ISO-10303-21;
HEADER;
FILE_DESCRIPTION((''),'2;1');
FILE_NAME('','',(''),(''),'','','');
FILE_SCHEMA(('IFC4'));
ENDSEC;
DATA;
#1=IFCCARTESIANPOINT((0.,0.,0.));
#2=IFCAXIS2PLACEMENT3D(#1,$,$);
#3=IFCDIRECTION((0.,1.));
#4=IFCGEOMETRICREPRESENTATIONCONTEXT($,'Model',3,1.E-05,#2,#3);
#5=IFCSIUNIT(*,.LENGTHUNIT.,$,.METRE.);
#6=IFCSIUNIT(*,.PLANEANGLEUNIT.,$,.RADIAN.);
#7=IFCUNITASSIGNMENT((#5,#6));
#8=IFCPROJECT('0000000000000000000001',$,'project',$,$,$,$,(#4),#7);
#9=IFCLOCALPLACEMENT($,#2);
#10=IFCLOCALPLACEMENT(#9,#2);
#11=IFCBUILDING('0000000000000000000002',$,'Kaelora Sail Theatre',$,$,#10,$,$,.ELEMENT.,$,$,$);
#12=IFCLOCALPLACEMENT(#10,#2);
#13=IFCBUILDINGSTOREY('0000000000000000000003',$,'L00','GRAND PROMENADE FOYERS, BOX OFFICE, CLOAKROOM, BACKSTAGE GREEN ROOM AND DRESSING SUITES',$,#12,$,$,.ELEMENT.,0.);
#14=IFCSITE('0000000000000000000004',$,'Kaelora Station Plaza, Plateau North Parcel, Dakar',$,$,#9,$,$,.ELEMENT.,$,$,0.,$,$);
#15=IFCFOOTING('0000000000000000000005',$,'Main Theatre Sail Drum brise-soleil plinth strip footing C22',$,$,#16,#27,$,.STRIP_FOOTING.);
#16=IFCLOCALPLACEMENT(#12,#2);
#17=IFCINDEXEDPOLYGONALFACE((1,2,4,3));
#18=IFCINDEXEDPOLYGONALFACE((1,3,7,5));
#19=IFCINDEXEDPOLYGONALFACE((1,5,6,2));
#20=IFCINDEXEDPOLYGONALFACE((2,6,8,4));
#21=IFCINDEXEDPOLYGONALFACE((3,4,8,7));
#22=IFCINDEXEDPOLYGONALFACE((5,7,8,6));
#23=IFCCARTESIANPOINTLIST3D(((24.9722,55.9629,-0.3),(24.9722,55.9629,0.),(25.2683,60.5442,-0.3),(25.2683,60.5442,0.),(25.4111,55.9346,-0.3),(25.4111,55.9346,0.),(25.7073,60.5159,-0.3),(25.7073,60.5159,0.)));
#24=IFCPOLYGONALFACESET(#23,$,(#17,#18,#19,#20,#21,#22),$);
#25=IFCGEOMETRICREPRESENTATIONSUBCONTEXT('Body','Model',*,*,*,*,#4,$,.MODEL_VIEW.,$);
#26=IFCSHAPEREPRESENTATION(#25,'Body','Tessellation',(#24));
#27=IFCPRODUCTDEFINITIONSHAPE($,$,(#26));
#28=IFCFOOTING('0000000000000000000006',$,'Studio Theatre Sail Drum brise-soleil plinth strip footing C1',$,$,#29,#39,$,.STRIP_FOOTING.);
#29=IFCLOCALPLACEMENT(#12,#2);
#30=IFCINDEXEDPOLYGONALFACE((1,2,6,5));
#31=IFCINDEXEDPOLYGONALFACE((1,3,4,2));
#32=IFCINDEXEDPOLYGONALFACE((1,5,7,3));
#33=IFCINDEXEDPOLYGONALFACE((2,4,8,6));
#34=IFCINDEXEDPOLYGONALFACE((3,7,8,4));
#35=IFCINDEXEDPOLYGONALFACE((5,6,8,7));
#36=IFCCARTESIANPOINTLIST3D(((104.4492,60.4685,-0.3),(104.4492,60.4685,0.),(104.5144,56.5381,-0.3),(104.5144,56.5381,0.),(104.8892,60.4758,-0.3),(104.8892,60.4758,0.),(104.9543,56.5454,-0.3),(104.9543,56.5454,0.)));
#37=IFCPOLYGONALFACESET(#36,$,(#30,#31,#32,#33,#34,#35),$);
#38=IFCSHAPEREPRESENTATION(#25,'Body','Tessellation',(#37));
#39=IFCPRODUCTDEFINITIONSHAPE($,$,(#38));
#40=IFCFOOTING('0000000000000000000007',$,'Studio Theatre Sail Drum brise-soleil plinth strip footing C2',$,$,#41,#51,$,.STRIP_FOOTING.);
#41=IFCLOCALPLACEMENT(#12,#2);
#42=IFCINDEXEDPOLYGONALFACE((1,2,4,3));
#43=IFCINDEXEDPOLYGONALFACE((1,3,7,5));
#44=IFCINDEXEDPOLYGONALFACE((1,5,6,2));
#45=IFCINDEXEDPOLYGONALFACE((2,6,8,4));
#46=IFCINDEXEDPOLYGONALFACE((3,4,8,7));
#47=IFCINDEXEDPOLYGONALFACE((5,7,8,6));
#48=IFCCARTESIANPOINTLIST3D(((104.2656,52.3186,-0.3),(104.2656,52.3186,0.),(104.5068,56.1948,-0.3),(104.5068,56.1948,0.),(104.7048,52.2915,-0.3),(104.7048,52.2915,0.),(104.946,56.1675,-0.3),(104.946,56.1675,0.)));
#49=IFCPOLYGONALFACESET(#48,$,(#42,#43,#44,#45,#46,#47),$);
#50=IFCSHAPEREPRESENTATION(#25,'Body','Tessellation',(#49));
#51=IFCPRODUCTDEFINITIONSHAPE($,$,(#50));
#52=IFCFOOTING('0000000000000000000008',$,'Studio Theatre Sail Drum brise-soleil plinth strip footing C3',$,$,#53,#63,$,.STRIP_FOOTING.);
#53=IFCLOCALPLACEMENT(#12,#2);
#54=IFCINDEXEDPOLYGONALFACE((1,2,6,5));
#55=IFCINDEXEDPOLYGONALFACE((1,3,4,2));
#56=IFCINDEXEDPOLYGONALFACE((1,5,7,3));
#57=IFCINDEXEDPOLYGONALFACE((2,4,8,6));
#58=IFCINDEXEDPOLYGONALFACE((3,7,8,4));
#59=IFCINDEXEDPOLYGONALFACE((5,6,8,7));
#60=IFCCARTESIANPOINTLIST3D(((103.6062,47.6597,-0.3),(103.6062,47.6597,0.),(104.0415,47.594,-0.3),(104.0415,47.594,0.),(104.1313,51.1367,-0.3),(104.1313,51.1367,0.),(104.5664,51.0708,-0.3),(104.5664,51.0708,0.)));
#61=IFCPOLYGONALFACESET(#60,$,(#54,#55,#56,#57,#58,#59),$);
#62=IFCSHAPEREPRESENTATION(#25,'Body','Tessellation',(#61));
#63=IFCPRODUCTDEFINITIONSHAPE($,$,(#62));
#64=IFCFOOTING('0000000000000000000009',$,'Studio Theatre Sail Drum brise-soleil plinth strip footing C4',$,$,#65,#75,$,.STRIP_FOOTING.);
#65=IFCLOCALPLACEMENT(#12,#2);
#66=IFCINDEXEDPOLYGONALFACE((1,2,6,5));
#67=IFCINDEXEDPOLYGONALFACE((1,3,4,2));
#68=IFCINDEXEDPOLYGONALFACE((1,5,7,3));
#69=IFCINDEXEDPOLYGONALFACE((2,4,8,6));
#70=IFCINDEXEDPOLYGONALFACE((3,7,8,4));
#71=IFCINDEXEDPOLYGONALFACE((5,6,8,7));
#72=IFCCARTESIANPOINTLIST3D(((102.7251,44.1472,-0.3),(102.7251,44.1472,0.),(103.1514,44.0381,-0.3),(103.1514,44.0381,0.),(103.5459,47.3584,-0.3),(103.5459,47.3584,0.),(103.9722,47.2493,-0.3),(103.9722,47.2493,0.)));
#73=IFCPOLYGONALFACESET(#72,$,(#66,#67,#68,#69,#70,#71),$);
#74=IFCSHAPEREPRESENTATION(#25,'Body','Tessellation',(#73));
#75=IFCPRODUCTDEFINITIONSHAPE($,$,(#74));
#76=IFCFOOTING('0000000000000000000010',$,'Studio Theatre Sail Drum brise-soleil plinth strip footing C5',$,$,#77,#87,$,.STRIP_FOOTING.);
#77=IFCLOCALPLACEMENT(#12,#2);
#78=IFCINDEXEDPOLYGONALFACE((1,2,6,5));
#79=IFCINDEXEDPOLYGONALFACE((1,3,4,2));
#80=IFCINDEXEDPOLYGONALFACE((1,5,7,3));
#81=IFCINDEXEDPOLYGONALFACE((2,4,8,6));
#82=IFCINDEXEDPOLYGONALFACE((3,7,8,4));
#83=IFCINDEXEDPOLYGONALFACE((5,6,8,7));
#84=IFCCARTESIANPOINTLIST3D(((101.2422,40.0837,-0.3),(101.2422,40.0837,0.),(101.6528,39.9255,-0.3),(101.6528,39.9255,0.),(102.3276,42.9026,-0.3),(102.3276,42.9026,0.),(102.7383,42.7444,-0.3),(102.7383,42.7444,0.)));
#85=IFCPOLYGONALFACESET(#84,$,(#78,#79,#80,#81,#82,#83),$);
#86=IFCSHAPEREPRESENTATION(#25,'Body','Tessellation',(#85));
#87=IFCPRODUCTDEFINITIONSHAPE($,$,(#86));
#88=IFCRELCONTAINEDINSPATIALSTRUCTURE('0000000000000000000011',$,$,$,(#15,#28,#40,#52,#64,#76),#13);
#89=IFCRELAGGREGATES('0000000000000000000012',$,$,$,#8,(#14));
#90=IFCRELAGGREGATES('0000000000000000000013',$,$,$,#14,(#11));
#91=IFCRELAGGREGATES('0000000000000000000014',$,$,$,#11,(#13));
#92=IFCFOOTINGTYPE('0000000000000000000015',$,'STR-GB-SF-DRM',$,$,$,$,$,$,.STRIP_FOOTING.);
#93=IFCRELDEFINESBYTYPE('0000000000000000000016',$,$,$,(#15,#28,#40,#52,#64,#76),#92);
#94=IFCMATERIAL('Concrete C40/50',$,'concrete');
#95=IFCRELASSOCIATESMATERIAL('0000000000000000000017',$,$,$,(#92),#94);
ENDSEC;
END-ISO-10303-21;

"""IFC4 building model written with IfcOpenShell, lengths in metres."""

from ifc_helpers import new_model, si_unit, direction, frame, origin, place, context, subcontext, project, spatial, polyline, outline, extrude, material, type_object, element, save


model = new_model("IFC4")

# Units and contexts
model_context = context("Model", 3, precision=1e-05, world=origin(), true_north=direction((0.0, 1.0)))
body_context = subcontext(model_context, "Body", "Model", "MODEL_VIEW")
ifc_project = project(units=[si_unit("LENGTHUNIT", "METRE"), si_unit("PLANEANGLEUNIT", "RADIAN")], contexts=[model_context])

# Site, building, storey
site_placement = place(None, origin())
site = spatial("IfcSite", under=ifc_project, at=site_placement, Name="Kaelora Station Plaza, Plateau North Parcel, Dakar", CompositionType="ELEMENT", RefElevation=0.0)
building_placement = place(site_placement, origin())
building = spatial("IfcBuilding", under=site, at=building_placement, Name="Kaelora Sail Theatre", CompositionType="ELEMENT")
storey_placement = place(building_placement, origin())
storey = spatial("IfcBuildingStorey", under=building, at=storey_placement, Name="L00", Description="GRAND PROMENADE FOYERS, BOX OFFICE, CLOAKROOM, BACKSTAGE GREEN ROOM AND DRESSING SUITES", CompositionType="ELEMENT", Elevation=0.0)

# Footings
ifc_material = material(Name="Concrete C40/50", Category="concrete")
footing_type = type_object("IfcFootingType", Name="STR-GB-SF-DRM", PredefinedType="STRIP_FOOTING", material=ifc_material)
footing_1_placement = place(storey_placement, frame((0.0, 0.0, -0.3)))
element("IfcFooting", 1, at=footing_1_placement, inside=storey, type_object=footing_type, Name="Main Theatre Sail Drum brise-soleil plinth strip footing C22", PredefinedType="STRIP_FOOTING", context=body_context, shape_type="SweptSolid", body=[
    extrude(outline(polyline([(25.4111, 55.9346), (25.7073, 60.5159), (25.2683, 60.5442), (24.9722, 55.9629), (25.4111, 55.9346)])), origin(), (0.0, 0.0, 1.0), 0.3),
])
footing_2_placement = place(storey_placement, frame((0.0, 0.0, -0.3)))
element("IfcFooting", 2, at=footing_2_placement, inside=storey, type_object=footing_type, Name="Studio Theatre Sail Drum brise-soleil plinth strip footing C1", PredefinedType="STRIP_FOOTING", context=body_context, shape_type="SweptSolid", body=[
    extrude(outline(polyline([(104.4492, 60.4685), (104.5144, 56.5381), (104.9543, 56.5454), (104.8892, 60.4758), (104.4492, 60.4685)])), origin(), (0.0, 0.0, 1.0), 0.3),
])
footing_3_placement = place(storey_placement, frame((0.0, 0.0, -0.3)))
element("IfcFooting", 3, at=footing_3_placement, inside=storey, type_object=footing_type, Name="Studio Theatre Sail Drum brise-soleil plinth strip footing C2", PredefinedType="STRIP_FOOTING", context=body_context, shape_type="SweptSolid", body=[
    extrude(outline(polyline([(104.5068, 56.1948), (104.2656, 52.3186), (104.7048, 52.2915), (104.946, 56.1675), (104.5068, 56.1948)])), origin(), (0.0, 0.0, 1.0), 0.3),
])
footing_4_placement = place(storey_placement, frame((0.0, 0.0, -0.3)))
element("IfcFooting", 4, at=footing_4_placement, inside=storey, type_object=footing_type, Name="Studio Theatre Sail Drum brise-soleil plinth strip footing C3", PredefinedType="STRIP_FOOTING", context=body_context, shape_type="SweptSolid", body=[
    extrude(outline(polyline([(104.1313, 51.1367), (103.6062, 47.6597), (104.0415, 47.594), (104.5664, 51.0708), (104.1313, 51.1367)])), origin(), (0.0, 0.0, 1.0), 0.3),
])
footing_5_placement = place(storey_placement, frame((0.0, 0.0, -0.3)))
element("IfcFooting", 5, at=footing_5_placement, inside=storey, type_object=footing_type, Name="Studio Theatre Sail Drum brise-soleil plinth strip footing C4", PredefinedType="STRIP_FOOTING", context=body_context, shape_type="SweptSolid", body=[
    extrude(outline(polyline([(103.5459, 47.3584), (102.7251, 44.1472), (103.1514, 44.0381), (103.9722, 47.2493), (103.5459, 47.3584)])), origin(), (0.0, 0.0, 1.0), 0.3),
])
footing_6_placement = place(storey_placement, frame((0.0, 0.0, -0.3)))
element("IfcFooting", 6, at=footing_6_placement, inside=storey, type_object=footing_type, Name="Studio Theatre Sail Drum brise-soleil plinth strip footing C5", PredefinedType="STRIP_FOOTING", context=body_context, shape_type="SweptSolid", body=[
    extrude(outline(polyline([(102.3276, 42.9026), (101.2422, 40.0837), (101.6528, 39.9255), (102.7383, 42.7444), (102.3276, 42.9026)])), origin(), (0.0, 0.0, 1.0), 0.3),
])

save(model, "model.ifc")
